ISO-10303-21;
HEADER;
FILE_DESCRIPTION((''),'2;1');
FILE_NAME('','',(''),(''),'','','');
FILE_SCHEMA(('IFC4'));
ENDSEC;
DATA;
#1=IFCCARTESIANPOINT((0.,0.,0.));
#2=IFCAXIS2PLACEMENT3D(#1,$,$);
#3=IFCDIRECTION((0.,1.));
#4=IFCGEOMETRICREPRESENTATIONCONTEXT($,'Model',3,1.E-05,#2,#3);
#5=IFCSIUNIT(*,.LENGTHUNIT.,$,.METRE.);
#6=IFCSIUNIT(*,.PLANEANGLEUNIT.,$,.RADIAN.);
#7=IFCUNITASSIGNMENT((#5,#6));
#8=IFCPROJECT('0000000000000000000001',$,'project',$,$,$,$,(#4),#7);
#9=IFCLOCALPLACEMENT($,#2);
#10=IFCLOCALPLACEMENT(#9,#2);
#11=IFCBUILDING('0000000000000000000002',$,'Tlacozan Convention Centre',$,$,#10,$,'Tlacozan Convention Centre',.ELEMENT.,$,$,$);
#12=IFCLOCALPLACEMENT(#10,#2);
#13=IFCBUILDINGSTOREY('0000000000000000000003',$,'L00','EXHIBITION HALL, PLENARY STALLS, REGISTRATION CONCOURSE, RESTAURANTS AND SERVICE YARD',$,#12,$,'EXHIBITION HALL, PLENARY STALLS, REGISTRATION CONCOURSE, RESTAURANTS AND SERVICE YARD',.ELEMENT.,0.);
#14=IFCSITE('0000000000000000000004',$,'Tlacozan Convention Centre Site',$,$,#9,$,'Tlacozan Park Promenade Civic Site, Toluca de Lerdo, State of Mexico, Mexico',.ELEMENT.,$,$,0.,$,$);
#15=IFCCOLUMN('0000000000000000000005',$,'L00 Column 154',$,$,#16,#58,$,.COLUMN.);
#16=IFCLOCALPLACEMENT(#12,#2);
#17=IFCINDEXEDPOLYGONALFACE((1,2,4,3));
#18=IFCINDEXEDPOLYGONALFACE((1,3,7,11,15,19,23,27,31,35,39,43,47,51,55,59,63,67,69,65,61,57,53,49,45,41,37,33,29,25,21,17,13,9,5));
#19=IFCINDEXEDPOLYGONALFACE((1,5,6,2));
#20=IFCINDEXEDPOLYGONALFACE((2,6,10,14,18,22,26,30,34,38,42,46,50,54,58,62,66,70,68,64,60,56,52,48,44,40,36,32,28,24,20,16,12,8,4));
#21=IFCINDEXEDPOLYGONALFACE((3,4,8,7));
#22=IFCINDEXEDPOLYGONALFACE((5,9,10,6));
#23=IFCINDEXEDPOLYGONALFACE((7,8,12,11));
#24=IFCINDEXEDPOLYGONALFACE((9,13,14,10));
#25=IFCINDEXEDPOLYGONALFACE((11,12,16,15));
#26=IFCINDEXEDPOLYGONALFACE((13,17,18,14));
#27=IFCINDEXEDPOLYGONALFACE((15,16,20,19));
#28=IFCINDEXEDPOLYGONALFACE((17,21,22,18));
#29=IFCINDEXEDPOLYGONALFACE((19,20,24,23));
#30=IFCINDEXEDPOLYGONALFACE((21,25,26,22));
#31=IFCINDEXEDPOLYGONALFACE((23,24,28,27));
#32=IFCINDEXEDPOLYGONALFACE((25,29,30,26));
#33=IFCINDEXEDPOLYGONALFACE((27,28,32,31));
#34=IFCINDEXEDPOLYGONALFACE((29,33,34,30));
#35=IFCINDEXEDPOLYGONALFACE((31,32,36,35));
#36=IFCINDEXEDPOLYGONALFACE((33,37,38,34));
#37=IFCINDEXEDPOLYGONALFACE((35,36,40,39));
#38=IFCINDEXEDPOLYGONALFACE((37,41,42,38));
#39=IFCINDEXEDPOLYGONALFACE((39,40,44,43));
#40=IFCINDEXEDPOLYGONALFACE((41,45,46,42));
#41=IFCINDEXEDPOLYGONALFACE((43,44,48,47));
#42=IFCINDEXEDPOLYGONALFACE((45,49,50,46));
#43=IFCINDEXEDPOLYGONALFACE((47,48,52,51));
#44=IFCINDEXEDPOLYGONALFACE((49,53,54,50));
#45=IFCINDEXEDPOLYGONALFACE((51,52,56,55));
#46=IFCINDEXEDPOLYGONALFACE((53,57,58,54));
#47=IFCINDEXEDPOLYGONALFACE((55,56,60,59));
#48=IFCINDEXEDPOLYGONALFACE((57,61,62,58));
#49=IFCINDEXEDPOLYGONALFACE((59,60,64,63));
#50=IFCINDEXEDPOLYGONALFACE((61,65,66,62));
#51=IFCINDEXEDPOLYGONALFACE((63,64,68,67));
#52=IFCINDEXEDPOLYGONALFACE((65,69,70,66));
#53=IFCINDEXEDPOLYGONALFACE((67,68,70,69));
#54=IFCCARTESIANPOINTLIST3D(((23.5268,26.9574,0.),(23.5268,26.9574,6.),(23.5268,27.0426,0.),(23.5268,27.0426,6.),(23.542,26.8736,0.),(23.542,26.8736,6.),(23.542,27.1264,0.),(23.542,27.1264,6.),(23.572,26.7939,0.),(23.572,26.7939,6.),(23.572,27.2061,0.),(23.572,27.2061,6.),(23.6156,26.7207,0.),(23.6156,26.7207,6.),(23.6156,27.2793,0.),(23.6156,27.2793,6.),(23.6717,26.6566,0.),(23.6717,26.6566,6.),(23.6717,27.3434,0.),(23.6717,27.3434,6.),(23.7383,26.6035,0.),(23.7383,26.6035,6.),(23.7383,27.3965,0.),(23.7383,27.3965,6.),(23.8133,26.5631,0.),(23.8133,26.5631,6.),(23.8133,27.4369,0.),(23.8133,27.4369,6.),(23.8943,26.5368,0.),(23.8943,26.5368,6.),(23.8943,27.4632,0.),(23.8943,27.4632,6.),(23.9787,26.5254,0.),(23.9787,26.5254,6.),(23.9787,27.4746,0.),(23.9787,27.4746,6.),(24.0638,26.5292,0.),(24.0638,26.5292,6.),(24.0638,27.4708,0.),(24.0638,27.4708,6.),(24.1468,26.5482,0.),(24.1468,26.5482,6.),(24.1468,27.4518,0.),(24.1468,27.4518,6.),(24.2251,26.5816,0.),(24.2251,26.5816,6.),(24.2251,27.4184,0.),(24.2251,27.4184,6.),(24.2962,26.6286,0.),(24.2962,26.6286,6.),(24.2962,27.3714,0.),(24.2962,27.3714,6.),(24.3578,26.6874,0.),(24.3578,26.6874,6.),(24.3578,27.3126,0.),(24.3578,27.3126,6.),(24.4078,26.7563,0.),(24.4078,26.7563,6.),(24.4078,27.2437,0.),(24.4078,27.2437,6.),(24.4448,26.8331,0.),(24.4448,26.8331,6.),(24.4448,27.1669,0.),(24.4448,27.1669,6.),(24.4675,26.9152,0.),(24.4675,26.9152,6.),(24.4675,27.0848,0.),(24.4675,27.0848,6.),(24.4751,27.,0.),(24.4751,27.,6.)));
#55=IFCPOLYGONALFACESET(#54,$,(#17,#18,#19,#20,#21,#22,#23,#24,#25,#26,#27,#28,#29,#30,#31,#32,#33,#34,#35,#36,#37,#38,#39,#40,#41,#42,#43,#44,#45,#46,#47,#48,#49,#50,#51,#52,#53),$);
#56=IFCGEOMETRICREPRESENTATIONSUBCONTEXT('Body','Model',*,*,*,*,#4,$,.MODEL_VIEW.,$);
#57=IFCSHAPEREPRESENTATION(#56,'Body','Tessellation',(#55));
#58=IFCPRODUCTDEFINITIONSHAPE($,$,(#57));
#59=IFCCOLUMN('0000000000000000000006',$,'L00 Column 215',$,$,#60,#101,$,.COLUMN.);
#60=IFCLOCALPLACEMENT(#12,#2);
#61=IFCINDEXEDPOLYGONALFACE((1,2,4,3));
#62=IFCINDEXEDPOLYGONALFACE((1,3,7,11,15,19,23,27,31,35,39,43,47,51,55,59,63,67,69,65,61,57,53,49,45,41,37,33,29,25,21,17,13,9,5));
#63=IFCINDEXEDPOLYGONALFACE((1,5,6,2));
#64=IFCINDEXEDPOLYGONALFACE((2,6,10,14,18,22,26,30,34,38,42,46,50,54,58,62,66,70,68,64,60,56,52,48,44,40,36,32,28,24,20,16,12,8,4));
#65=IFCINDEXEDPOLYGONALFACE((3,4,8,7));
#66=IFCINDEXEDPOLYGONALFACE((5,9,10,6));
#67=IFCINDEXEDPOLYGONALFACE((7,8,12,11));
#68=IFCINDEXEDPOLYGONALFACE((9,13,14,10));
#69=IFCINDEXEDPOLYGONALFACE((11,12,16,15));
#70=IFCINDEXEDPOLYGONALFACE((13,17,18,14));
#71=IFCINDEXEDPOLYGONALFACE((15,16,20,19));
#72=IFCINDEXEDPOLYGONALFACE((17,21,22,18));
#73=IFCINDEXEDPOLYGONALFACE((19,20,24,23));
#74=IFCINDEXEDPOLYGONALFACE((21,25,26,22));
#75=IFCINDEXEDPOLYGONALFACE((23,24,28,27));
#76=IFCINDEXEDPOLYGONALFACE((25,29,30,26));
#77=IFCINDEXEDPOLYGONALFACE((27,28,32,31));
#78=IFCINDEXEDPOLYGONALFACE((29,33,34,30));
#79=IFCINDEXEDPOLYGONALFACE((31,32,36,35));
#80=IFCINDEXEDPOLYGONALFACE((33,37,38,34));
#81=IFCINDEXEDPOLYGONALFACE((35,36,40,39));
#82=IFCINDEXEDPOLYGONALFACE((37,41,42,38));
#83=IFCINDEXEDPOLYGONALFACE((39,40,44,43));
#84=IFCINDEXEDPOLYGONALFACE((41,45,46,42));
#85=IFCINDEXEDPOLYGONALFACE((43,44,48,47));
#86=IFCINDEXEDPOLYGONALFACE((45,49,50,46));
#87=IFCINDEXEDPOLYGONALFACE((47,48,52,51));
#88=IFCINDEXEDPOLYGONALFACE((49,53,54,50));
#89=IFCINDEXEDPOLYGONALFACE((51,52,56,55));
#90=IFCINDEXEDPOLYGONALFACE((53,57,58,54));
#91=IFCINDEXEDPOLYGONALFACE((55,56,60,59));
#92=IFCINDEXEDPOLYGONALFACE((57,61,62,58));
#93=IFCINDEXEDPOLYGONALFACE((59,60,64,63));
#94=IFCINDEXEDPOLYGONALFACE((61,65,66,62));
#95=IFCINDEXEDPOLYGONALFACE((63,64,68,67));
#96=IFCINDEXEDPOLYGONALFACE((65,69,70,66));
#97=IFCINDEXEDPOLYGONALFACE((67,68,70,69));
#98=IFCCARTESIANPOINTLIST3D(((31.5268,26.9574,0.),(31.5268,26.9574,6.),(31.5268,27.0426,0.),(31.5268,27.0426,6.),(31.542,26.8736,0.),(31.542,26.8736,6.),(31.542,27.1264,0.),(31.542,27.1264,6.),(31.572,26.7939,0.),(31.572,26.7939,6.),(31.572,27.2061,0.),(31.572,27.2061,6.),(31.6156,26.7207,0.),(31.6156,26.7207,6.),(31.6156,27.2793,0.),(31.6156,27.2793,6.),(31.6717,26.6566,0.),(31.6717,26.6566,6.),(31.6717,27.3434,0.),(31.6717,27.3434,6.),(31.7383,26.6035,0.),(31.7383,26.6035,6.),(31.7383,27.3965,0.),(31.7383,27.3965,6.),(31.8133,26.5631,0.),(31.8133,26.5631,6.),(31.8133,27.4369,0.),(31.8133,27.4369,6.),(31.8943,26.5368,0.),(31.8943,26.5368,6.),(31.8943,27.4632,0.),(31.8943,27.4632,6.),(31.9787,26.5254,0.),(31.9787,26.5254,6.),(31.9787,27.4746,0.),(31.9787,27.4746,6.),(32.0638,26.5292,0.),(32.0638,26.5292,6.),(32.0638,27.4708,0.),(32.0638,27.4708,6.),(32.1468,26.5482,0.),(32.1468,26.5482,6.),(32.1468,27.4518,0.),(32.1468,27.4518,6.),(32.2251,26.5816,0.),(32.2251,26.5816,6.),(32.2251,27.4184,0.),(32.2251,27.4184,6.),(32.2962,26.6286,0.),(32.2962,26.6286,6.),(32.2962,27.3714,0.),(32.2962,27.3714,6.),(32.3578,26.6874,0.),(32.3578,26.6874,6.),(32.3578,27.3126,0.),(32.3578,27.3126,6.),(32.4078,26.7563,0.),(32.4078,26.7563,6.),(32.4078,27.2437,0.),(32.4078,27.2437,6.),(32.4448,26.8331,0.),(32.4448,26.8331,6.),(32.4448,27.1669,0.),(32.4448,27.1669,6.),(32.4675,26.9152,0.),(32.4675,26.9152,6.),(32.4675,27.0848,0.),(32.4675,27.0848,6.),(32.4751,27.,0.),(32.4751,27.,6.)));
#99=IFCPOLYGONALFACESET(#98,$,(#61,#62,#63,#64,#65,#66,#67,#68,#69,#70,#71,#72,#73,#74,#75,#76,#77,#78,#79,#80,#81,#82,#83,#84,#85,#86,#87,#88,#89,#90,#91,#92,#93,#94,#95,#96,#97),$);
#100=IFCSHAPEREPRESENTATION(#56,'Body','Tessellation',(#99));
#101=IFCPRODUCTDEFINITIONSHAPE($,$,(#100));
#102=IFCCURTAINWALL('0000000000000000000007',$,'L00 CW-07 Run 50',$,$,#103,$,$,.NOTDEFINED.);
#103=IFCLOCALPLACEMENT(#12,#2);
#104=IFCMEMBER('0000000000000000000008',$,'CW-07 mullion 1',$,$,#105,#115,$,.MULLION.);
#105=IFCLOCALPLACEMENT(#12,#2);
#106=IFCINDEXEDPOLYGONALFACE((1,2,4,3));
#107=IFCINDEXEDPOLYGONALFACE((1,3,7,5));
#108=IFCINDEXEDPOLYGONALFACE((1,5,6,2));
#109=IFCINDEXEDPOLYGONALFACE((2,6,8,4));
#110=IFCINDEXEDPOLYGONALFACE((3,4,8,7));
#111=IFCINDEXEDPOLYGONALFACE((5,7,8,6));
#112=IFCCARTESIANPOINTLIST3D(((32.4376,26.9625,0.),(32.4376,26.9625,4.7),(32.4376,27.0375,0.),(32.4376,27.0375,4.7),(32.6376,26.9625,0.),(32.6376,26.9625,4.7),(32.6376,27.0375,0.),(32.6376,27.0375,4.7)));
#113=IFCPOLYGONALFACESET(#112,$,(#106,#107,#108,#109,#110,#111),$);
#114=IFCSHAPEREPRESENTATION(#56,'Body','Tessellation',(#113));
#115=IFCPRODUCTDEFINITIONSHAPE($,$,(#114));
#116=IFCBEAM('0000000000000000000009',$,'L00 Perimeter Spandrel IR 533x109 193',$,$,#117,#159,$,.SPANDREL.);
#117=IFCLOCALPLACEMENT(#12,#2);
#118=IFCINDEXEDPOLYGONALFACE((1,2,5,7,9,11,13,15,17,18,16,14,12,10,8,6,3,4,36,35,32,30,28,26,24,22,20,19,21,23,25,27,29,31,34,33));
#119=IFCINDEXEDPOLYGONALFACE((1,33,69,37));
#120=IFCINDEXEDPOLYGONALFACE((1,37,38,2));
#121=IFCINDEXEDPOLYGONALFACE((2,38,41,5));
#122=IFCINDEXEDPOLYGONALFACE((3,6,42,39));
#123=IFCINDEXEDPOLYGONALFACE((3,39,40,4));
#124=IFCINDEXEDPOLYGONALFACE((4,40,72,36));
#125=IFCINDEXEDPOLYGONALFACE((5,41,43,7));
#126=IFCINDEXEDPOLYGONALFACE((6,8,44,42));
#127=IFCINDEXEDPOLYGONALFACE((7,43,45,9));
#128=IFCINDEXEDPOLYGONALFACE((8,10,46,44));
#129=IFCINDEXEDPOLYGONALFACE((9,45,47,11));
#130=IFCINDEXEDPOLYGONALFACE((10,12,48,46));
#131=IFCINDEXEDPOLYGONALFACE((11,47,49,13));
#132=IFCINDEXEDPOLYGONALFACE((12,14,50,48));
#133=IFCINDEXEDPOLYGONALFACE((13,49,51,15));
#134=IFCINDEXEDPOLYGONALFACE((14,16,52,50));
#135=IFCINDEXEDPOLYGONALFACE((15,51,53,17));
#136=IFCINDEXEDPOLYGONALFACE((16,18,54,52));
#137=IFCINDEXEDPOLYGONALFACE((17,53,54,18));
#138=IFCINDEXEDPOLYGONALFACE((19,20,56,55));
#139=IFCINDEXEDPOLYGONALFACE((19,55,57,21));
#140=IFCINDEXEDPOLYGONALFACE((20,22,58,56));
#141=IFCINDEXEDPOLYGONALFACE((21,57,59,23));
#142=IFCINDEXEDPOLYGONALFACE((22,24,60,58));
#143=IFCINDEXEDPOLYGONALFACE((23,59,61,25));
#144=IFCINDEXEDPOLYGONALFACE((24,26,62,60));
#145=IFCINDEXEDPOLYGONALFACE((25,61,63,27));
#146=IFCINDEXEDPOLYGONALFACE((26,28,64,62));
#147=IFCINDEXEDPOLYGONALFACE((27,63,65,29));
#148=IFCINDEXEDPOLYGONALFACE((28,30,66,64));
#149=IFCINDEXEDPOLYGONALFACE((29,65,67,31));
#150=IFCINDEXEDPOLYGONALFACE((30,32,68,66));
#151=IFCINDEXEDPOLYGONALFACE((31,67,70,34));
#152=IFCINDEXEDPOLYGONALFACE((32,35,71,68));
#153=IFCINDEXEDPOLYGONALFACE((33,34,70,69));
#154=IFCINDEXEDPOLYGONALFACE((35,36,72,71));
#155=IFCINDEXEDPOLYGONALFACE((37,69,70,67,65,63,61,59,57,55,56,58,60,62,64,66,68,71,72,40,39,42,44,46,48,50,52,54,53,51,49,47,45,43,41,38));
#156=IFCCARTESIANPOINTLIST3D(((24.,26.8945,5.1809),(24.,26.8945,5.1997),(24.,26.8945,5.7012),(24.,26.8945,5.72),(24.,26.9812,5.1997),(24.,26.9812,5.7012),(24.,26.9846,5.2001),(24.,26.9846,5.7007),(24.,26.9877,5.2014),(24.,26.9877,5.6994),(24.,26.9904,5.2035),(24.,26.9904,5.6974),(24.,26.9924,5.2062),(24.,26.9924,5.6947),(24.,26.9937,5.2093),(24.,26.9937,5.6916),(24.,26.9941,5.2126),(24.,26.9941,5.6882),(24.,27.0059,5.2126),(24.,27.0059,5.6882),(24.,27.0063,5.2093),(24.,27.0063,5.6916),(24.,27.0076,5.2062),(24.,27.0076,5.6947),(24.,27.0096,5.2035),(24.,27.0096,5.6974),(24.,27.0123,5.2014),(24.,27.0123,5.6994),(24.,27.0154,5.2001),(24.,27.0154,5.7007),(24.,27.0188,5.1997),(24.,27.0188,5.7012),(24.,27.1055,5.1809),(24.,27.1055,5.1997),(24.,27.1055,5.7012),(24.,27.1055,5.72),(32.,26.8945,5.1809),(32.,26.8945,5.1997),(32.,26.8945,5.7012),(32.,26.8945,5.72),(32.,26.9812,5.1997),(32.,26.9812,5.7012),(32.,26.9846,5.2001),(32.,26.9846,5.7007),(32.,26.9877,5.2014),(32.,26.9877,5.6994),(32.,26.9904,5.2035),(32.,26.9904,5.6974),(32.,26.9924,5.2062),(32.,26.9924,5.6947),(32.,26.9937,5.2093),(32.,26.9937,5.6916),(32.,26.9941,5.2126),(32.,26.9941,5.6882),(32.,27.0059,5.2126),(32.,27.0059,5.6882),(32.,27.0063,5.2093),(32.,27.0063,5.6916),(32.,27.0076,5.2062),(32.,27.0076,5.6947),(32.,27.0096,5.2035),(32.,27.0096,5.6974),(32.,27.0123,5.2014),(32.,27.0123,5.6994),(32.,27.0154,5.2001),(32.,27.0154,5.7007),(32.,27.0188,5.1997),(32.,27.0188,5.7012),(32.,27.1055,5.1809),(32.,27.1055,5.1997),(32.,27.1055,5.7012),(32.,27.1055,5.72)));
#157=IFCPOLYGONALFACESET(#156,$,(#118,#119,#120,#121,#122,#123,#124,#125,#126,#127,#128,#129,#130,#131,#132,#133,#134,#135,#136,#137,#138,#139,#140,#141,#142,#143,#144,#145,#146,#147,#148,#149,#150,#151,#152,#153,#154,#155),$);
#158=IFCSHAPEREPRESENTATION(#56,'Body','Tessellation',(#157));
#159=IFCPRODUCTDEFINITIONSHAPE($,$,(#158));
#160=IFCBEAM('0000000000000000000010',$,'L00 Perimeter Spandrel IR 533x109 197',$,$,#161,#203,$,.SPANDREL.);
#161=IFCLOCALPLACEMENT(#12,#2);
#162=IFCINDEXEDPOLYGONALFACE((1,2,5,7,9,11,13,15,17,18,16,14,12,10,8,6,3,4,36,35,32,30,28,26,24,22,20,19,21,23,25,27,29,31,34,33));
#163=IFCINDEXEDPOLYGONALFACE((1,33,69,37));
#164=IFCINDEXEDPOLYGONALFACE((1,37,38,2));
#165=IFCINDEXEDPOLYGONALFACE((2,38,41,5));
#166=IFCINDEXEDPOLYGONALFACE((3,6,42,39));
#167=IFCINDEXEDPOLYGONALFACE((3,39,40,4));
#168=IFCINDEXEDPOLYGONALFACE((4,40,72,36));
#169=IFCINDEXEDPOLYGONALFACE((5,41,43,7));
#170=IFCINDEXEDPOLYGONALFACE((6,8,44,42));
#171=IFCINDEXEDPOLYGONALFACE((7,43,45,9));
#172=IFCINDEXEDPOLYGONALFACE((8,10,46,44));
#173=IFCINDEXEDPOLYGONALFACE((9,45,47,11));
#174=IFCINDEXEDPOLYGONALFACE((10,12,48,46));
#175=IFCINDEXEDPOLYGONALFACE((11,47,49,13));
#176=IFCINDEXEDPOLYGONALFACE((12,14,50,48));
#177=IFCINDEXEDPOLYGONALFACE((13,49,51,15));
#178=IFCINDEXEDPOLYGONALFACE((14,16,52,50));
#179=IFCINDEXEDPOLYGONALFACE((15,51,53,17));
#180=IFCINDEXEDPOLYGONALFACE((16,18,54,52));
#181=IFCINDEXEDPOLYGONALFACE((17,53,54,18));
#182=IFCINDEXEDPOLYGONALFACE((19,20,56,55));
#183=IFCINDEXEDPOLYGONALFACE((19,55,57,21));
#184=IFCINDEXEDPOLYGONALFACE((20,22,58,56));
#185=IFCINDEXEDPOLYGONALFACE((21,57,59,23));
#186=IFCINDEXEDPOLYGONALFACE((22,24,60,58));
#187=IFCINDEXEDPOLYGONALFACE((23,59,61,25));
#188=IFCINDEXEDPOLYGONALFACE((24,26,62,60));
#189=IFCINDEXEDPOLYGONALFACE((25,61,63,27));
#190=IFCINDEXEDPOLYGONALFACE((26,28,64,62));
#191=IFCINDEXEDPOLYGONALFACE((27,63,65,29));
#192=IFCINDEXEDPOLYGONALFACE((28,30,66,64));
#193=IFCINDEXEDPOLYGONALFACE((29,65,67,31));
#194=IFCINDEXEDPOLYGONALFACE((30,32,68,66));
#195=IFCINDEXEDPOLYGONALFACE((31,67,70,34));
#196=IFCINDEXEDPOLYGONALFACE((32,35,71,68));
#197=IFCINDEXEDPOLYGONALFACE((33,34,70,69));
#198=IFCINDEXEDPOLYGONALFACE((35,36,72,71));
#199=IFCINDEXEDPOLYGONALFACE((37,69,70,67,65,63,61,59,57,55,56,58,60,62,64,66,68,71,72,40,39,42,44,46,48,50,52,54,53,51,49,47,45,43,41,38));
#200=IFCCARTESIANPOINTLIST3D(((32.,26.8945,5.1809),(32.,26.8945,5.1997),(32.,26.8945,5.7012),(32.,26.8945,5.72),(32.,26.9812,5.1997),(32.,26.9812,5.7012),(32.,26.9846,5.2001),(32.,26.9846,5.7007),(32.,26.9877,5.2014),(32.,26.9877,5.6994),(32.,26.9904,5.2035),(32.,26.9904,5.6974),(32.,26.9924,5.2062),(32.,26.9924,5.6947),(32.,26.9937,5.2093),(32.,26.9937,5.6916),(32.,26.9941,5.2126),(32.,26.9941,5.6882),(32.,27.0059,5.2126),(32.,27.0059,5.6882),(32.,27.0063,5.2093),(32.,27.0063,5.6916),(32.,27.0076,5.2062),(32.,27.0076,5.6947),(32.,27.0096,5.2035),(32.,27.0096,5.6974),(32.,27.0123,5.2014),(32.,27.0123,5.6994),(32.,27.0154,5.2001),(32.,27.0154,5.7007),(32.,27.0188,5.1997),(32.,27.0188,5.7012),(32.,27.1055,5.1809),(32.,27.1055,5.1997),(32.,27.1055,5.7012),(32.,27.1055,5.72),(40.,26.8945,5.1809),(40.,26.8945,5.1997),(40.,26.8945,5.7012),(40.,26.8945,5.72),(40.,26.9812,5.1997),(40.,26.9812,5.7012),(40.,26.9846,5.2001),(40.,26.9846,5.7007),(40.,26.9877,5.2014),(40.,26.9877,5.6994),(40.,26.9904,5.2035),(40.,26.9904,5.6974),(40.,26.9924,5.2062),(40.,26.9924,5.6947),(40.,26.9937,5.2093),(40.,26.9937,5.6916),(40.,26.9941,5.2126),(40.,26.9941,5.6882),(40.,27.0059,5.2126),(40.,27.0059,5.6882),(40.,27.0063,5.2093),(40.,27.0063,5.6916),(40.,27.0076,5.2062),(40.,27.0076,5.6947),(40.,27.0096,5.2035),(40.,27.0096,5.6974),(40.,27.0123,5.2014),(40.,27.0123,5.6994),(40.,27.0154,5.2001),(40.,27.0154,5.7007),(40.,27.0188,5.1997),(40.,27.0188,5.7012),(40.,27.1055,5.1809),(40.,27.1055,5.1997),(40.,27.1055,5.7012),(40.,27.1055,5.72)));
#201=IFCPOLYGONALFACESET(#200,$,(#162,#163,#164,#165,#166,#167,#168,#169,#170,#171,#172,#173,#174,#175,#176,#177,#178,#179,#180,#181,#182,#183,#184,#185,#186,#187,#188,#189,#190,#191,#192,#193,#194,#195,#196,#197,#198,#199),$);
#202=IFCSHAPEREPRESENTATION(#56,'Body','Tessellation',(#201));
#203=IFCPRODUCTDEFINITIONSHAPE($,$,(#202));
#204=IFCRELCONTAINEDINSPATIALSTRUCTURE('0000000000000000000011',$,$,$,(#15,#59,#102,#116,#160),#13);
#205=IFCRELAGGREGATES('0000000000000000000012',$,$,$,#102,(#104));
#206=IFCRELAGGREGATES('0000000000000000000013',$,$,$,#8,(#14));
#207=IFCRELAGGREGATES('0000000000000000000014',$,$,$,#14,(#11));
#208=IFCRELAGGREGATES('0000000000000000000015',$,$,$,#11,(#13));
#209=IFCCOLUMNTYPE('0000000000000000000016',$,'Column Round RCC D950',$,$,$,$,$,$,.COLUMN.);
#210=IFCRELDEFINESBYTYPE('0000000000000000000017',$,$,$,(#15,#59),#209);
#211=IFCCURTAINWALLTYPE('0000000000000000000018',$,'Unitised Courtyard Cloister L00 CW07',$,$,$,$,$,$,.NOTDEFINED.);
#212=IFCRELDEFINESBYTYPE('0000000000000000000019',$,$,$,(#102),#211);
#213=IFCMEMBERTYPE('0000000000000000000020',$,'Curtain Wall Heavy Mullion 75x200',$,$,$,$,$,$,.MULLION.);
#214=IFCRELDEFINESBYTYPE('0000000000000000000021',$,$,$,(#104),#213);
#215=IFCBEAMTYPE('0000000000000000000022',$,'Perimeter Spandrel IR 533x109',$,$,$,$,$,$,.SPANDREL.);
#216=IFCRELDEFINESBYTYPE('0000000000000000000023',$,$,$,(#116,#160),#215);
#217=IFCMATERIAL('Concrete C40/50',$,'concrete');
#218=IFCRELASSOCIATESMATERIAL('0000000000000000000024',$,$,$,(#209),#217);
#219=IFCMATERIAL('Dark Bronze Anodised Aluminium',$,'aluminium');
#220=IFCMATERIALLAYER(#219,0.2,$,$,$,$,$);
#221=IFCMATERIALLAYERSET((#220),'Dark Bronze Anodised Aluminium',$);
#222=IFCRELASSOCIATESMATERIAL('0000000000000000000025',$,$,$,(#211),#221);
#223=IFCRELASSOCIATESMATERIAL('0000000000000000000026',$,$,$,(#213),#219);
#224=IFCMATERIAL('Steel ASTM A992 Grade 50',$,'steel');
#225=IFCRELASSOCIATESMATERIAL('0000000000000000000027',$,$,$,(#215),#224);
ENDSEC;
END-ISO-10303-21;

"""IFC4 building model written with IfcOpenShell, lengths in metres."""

from ifc_helpers import new_model, si_unit, direction, frame, origin, origin_2d, place, context, subcontext, project, spatial, rectangle, circle, i_section, extrude, material, layer, layer_set, material_profile, profile_set, type_object, element, aggregate, save


model = new_model("IFC4")

# Units and contexts
model_context = context("Model", 3, precision=1e-05, world=origin(), true_north=direction((0.0, 1.0)))
body_context = subcontext(model_context, "Body", "Model", "MODEL_VIEW")
ifc_project = project(units=[si_unit("LENGTHUNIT", "METRE"), si_unit("PLANEANGLEUNIT", "RADIAN")], contexts=[model_context])

# Site, building, storey
site_placement = place(None, origin())
site = spatial("IfcSite", under=ifc_project, at=site_placement, Name="Tlacozan Convention Centre Site", LongName="Tlacozan Park Promenade Civic Site, Toluca de Lerdo, State of Mexico, Mexico", CompositionType="ELEMENT", RefElevation=0.0)
building_placement = place(site_placement, origin())
building = spatial("IfcBuilding", under=site, at=building_placement, Name="Tlacozan Convention Centre", LongName="Tlacozan Convention Centre", CompositionType="ELEMENT")
storey_placement = place(building_placement, origin())
storey = spatial("IfcBuildingStorey", under=building, at=storey_placement, Name="L00", Description="EXHIBITION HALL, PLENARY STALLS, REGISTRATION CONCOURSE, RESTAURANTS AND SERVICE YARD", LongName="EXHIBITION HALL, PLENARY STALLS, REGISTRATION CONCOURSE, RESTAURANTS AND SERVICE YARD", CompositionType="ELEMENT", Elevation=0.0)

# Columns
ifc_material_1 = material(Name="Concrete C40/50", Category="concrete")
ifc_material_profile_1 = material_profile(ifc_material_1, circle(Radius=0.4751, at=origin_2d()), Name="RCC D950")
ifc_profile_set_1 = profile_set([ifc_material_profile_1], Name="Concrete C40/50")
column_type = type_object("IfcColumnType", Name="Column Round RCC D950", PredefinedType="COLUMN", material=ifc_profile_set_1)
for number, where, z_axis, x_axis, name in (
    (1, (24.0, 27.0, 0.0), (0.0, 0.0, 1.0), (1.0, 0.0, 0.0), "L00 Column 154"),
    (2, (32.0, 27.0, 0.0), (0.0, 0.0, 1.0), (1.0, 0.0, 0.0), "L00 Column 215"),
):
    element("IfcColumn", number, at=place(storey_placement, frame(where, z_axis=z_axis, x_axis=x_axis)), inside=storey, type_object=column_type, Name=name, PredefinedType="COLUMN", context=body_context, shape_type="SweptSolid", body=[
        extrude(circle(Radius=0.4751, at=origin_2d()), origin(), (0.0, 0.0, 1.0), 6.0),
    ])

# Curtain wall, member
ifc_material_2 = material(Name="Dark Bronze Anodised Aluminium", Category="aluminium")
ifc_layer_1 = layer(ifc_material_2, 0.2)
ifc_layer_set_1 = layer_set([ifc_layer_1], Name="Dark Bronze Anodised Aluminium")
curtain_wall_type = type_object("IfcCurtainWallType", Name="Unitised Courtyard Cloister L00 CW07", PredefinedType="NOTDEFINED", material=ifc_layer_set_1)
curtain_wall_placement = place(storey_placement, origin())
curtain_wall = element("IfcCurtainWall", 3, at=curtain_wall_placement, inside=storey, type_object=curtain_wall_type, Name="L00 CW-07 Run 50", PredefinedType="NOTDEFINED")
ifc_material_profile_2 = material_profile(ifc_material_2, rectangle(XDim=0.075, YDim=0.2, at=origin_2d()), Name="ALU 75x200")
ifc_profile_set_2 = profile_set([ifc_material_profile_2], Name="Dark Bronze Anodised Aluminium")
member_type = type_object("IfcMemberType", Name="Curtain Wall Heavy Mullion 75x200", PredefinedType="MULLION", material=ifc_profile_set_2)
member_placement = place(storey_placement, frame((32.5376, 27.0, 0.0), z_axis=(0.0, 0.0, 1.0), x_axis=(0.0, 1.0, 0.0)))
member = element("IfcMember", 4, at=member_placement, type_object=member_type, Name="CW-07 mullion 1", PredefinedType="MULLION", context=body_context, shape_type="SweptSolid", body=[
    extrude(rectangle(XDim=0.075, YDim=0.2, at=origin_2d()), origin(), (0.0, 0.0, 1.0), 4.7),
])
aggregate(curtain_wall, [member])

# Beams
ifc_material_3 = material(Name="Steel ASTM A992 Grade 50", Category="steel")
ifc_material_profile_3 = material_profile(ifc_material_3, i_section(OverallWidth=0.2109, OverallDepth=0.5391, WebThickness=0.0117, FlangeThickness=0.0188, FilletRadius=0.0129, at=origin_2d()), Name="IR 533x109.0")
ifc_profile_set_3 = profile_set([ifc_material_profile_3], Name="Steel ASTM A992 Grade 50")
beam_type_1 = type_object("IfcBeamType", Name="Perimeter Spandrel IR 533x109", PredefinedType="SPANDREL", material=ifc_profile_set_3)
for number, where, z_axis, x_axis, name in (
    (5, (24.0, 27.0, 5.4504), (1.0, 0.0, 0.0), (0.0, 1.0, 0.0), "L00 Perimeter Spandrel IR 533x109 193"),
    (6, (32.0, 27.0, 5.4504), (1.0, 0.0, 0.0), (0.0, 1.0, 0.0), "L00 Perimeter Spandrel IR 533x109 197"),
):
    element("IfcBeam", number, at=place(storey_placement, frame(where, z_axis=z_axis, x_axis=x_axis)), inside=storey, type_object=beam_type_1, Name=name, PredefinedType="SPANDREL", context=body_context, shape_type="SweptSolid", body=[
        extrude(i_section(OverallWidth=0.2109, OverallDepth=0.5391, WebThickness=0.0117, FlangeThickness=0.0188, FilletRadius=0.0129, at=origin_2d()), origin(), (0.0, 0.0, 1.0), 8.0),
    ])

save(model, "model.ifc")
